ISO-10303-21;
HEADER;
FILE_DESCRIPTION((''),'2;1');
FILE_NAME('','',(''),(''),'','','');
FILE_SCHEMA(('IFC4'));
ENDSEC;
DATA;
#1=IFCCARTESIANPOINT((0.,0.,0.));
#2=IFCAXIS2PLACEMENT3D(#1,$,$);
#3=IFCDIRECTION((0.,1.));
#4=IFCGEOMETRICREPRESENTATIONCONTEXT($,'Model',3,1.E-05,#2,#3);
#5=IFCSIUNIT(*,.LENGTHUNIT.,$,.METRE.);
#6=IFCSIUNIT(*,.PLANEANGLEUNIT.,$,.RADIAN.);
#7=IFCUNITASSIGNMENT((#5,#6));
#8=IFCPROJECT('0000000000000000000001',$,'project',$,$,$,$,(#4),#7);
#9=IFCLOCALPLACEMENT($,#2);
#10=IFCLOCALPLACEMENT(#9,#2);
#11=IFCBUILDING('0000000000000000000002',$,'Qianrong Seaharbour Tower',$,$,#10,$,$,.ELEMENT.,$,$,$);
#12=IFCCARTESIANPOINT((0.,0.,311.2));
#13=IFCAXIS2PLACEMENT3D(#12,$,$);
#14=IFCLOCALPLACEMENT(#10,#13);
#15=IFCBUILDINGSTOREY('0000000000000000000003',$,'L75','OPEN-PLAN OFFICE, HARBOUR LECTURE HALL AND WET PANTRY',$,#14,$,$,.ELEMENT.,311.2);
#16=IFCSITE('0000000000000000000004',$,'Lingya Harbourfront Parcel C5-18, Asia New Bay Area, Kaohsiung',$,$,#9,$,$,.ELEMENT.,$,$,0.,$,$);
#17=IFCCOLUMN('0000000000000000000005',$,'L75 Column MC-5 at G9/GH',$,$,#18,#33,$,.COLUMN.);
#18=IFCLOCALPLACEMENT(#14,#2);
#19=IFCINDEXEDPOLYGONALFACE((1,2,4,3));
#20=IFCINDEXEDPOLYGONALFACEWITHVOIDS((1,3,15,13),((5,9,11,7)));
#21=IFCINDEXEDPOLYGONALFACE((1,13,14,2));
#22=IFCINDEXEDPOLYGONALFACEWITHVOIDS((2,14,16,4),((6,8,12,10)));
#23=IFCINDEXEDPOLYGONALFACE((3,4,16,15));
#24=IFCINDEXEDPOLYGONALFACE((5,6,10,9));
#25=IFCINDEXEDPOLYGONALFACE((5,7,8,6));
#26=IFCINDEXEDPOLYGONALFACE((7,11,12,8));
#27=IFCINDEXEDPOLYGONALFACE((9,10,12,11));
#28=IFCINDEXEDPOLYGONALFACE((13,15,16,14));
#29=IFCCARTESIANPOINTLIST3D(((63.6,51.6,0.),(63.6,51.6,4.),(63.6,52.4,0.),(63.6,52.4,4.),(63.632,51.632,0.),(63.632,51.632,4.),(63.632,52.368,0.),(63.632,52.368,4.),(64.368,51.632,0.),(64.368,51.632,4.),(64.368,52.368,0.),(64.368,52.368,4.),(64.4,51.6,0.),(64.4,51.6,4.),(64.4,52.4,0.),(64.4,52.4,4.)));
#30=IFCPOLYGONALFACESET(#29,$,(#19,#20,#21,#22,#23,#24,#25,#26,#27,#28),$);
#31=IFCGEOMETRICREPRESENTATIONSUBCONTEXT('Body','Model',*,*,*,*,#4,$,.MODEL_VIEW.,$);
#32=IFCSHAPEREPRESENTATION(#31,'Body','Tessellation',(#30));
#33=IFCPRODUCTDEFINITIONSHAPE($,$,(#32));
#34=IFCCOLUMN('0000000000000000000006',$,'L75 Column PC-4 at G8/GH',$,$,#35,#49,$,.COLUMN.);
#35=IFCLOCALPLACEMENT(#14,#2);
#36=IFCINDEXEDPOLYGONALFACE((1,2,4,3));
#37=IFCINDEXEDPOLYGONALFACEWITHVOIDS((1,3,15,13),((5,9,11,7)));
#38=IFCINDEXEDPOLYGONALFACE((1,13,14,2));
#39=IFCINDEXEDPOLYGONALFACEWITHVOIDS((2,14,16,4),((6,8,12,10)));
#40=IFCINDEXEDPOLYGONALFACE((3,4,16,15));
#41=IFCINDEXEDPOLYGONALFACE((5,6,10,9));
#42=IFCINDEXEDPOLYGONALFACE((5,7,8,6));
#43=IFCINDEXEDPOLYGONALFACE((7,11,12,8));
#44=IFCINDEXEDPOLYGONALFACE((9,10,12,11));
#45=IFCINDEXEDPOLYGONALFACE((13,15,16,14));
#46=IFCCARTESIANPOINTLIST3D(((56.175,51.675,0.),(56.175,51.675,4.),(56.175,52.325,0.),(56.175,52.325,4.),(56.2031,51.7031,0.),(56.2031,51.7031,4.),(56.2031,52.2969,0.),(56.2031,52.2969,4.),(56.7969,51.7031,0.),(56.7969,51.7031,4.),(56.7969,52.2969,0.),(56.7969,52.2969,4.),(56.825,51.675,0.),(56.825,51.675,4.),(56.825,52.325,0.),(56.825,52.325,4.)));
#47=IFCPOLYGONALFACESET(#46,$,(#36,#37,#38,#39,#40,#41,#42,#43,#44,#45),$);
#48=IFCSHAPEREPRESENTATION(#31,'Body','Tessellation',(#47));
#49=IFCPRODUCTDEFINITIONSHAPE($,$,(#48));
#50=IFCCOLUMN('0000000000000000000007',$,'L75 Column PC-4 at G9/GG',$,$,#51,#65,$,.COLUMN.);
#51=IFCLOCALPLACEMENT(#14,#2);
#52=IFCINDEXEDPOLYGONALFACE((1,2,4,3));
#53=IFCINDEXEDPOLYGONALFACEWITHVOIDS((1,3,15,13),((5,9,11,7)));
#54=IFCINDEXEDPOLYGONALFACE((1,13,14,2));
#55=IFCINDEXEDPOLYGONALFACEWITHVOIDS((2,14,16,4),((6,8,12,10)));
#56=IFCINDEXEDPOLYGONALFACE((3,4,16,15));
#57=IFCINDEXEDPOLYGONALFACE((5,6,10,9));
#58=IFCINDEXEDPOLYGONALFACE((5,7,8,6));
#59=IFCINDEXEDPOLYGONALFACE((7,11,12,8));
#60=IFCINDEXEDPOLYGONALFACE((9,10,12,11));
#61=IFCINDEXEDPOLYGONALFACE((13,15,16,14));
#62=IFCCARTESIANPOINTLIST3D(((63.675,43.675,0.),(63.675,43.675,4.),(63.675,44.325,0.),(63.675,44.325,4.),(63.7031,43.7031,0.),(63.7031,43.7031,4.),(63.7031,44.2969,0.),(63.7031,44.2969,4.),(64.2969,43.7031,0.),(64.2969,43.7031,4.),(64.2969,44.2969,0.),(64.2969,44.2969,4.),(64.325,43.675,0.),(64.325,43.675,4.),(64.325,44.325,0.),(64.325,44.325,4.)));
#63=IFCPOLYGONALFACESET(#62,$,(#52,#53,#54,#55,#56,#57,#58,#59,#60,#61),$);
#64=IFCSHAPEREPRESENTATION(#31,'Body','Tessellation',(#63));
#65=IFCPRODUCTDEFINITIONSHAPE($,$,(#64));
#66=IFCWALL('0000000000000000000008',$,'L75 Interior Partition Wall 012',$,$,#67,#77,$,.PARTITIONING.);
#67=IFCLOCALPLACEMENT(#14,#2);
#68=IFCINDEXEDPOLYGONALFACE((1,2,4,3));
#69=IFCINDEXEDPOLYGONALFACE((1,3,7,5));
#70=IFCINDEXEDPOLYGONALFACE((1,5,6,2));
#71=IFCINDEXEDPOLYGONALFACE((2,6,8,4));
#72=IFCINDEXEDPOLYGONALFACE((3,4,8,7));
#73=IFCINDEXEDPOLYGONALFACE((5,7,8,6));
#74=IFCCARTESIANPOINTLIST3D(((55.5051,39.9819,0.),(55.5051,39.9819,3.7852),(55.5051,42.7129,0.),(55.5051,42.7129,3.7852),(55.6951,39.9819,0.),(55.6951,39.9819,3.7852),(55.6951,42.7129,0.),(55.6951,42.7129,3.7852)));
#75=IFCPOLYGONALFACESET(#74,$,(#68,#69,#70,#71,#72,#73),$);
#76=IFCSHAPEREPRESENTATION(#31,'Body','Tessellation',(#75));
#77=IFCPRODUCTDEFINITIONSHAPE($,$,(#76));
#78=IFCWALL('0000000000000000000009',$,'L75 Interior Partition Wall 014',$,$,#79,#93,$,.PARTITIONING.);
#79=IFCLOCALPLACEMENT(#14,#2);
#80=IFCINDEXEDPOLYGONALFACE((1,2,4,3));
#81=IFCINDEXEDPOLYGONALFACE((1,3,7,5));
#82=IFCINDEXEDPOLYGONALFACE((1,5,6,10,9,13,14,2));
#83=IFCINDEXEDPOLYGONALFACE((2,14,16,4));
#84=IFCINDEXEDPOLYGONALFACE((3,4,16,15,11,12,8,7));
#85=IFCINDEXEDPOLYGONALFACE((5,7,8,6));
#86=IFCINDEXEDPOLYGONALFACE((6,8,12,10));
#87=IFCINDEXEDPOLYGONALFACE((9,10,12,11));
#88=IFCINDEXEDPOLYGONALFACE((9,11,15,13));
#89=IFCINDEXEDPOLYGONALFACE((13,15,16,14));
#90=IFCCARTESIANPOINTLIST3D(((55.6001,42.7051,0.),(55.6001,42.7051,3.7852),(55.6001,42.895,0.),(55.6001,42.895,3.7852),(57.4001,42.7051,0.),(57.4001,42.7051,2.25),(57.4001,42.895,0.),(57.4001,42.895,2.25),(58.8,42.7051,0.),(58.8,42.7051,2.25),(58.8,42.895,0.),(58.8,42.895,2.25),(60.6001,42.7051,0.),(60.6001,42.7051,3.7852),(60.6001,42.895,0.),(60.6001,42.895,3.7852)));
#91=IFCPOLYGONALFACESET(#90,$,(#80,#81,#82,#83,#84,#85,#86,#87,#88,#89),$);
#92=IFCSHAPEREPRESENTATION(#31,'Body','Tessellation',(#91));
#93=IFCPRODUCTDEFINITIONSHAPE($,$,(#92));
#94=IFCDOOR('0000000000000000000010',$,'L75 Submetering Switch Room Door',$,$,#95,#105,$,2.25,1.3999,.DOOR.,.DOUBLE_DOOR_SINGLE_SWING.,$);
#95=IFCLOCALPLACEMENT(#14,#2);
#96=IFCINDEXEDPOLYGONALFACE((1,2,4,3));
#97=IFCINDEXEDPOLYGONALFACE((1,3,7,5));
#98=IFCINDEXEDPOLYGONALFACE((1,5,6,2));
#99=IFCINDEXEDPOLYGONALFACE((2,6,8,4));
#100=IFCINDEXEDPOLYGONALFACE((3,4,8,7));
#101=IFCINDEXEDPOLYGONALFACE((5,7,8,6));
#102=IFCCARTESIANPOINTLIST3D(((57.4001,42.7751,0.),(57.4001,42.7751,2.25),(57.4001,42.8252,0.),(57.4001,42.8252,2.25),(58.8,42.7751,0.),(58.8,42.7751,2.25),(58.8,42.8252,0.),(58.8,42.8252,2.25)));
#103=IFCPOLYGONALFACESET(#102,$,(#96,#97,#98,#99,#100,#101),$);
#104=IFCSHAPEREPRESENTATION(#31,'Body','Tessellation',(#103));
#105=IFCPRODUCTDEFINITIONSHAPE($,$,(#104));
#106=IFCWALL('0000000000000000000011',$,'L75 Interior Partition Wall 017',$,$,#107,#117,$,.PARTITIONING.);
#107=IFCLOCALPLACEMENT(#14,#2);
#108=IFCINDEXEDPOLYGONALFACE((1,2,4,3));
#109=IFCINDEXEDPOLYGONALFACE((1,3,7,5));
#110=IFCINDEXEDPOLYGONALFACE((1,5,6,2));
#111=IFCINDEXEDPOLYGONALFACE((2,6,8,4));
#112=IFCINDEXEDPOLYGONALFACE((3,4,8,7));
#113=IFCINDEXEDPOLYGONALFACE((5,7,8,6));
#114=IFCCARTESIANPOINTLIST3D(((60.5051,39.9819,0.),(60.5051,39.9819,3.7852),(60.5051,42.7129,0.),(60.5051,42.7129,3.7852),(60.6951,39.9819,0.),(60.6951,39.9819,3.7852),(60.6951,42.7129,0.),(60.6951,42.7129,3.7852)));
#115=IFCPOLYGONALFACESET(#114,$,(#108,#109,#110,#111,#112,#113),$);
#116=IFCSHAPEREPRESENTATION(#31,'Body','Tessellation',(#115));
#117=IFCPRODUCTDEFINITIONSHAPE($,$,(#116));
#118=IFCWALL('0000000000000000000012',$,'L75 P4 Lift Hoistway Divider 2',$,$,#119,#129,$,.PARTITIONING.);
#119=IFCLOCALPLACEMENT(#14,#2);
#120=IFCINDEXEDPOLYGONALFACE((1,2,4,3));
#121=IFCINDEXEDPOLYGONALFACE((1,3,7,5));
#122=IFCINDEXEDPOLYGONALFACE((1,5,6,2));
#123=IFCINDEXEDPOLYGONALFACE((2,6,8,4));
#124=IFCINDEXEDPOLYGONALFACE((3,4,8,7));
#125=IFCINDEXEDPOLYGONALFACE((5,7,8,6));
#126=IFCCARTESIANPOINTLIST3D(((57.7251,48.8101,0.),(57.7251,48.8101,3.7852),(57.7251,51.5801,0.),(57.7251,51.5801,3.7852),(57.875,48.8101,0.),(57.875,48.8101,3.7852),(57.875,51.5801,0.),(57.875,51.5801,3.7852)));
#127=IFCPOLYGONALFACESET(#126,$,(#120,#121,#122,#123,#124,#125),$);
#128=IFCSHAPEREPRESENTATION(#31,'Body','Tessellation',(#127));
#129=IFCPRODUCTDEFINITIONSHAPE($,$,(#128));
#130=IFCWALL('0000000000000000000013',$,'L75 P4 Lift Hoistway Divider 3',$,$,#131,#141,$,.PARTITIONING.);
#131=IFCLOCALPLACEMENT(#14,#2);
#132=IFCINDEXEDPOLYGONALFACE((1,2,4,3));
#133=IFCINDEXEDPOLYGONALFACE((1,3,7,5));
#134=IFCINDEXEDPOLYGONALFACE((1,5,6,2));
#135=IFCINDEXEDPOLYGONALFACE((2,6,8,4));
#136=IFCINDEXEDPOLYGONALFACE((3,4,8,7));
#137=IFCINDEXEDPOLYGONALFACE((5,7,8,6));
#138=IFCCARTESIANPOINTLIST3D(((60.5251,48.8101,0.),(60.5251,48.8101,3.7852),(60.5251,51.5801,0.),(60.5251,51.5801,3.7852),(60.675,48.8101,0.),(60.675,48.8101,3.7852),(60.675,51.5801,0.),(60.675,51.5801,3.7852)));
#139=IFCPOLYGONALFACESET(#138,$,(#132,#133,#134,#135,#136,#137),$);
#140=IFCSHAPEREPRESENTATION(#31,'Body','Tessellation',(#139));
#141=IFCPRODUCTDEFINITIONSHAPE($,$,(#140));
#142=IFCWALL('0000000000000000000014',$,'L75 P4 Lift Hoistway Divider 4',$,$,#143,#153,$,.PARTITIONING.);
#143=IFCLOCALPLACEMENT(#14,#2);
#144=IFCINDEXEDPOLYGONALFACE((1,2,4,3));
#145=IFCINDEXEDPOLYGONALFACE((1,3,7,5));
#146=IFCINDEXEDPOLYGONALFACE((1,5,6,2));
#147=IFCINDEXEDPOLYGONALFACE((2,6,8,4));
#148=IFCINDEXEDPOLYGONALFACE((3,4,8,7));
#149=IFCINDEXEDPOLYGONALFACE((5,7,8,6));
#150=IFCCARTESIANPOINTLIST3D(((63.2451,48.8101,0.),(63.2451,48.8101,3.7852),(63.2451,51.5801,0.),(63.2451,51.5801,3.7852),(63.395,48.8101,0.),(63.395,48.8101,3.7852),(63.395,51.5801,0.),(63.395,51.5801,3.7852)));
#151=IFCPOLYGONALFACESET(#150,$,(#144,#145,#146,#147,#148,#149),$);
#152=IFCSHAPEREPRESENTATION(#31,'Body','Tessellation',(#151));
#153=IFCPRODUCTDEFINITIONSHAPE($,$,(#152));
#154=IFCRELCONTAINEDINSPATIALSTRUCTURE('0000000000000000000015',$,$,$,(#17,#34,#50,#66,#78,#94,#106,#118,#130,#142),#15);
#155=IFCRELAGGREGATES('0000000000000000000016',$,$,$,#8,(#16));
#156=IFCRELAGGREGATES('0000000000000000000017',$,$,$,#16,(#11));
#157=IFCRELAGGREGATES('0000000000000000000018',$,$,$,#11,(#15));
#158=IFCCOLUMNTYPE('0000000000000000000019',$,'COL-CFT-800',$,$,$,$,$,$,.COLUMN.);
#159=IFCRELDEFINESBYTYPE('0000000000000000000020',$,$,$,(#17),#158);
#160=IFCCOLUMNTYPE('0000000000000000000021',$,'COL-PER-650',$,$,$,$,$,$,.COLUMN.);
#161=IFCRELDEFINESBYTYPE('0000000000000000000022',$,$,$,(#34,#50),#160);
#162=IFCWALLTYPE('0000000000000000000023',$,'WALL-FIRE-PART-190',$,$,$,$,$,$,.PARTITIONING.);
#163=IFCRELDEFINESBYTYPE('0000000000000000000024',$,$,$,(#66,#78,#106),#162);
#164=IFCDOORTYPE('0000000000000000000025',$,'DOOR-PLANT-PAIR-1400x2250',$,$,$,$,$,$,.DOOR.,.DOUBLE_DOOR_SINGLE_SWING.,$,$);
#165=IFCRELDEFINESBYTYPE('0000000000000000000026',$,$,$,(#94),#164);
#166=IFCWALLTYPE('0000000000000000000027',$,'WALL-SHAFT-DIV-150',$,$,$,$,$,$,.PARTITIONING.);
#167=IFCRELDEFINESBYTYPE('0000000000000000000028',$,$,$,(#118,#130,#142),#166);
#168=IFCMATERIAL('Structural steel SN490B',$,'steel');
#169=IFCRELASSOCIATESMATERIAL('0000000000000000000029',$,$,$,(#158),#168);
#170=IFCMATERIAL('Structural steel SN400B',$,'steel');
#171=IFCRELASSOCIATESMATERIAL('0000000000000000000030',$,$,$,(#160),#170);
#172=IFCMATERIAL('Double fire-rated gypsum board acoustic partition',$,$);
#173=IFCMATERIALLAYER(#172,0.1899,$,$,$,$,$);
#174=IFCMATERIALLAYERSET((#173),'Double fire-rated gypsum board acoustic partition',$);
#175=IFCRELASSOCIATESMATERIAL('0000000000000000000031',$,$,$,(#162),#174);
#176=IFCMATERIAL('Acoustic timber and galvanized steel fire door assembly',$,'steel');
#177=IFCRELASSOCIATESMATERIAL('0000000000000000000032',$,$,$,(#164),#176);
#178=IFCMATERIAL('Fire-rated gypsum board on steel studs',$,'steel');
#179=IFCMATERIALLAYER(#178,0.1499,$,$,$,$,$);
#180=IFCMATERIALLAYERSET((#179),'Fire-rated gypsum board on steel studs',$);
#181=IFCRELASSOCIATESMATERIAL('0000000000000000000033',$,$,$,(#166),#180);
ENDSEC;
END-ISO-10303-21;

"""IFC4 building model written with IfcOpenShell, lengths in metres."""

from ifc_helpers import new_model, si_unit, direction, frame, frame_2d, origin, origin_2d, place, context, subcontext, project, spatial, rectangle, hollow_rectangle, extrude, material, layer, layer_set, material_profile, profile_set, type_object, element, fill, save


model = new_model("IFC4")

# Units and contexts
model_context = context("Model", 3, precision=1e-05, world=origin(), true_north=direction((0.0, 1.0)))
body_context = subcontext(model_context, "Body", "Model", "MODEL_VIEW")
ifc_project = project(units=[si_unit("LENGTHUNIT", "METRE"), si_unit("PLANEANGLEUNIT", "RADIAN")], contexts=[model_context])

# Site, building, storey
site_placement = place(None, origin())
site = spatial("IfcSite", under=ifc_project, at=site_placement, Name="Lingya Harbourfront Parcel C5-18, Asia New Bay Area, Kaohsiung", CompositionType="ELEMENT", RefElevation=0.0)
building_placement = place(site_placement, origin())
building = spatial("IfcBuilding", under=site, at=building_placement, Name="Qianrong Seaharbour Tower", CompositionType="ELEMENT")
storey_placement = place(building_placement, frame((0.0, 0.0, 311.2)))
storey = spatial("IfcBuildingStorey", under=building, at=storey_placement, Name="L75", Description="OPEN-PLAN OFFICE, HARBOUR LECTURE HALL AND WET PANTRY", CompositionType="ELEMENT", Elevation=311.2)

# Columns
ifc_material_1 = material(Name="Structural steel SN490B", Category="steel")
ifc_material_profile_1 = material_profile(ifc_material_1, hollow_rectangle(XDim=0.8, YDim=0.8, WallThickness=0.032, at=origin_2d()), Name="BOX800x800x32")
ifc_profile_set_1 = profile_set([ifc_material_profile_1], Name="Structural steel SN490B")
column_type_1 = type_object("IfcColumnType", Name="COL-CFT-800", PredefinedType="COLUMN", material=ifc_profile_set_1)
column_placement = place(storey_placement, frame((64.0, 52.0, 0.0), z_axis=(0.0, 0.0, 1.0), x_axis=(1.0, 0.0, 0.0)))
element("IfcColumn", 1, at=column_placement, inside=storey, type_object=column_type_1, Name="L75 Column MC-5 at G9/GH", PredefinedType="COLUMN", context=body_context, shape_type="SweptSolid", body=[
    extrude(hollow_rectangle(XDim=0.8, YDim=0.8, WallThickness=0.032, at=origin_2d()), origin(), (0.0, 0.0, 1.0), 4.0),
])
ifc_material_2 = material(Name="Structural steel SN400B", Category="steel")
ifc_material_profile_2 = material_profile(ifc_material_2, hollow_rectangle(XDim=0.6499, YDim=0.6499, WallThickness=0.0281, at=origin_2d()), Name="BOX650x650x28")
ifc_profile_set_2 = profile_set([ifc_material_profile_2], Name="Structural steel SN400B")
column_type_2 = type_object("IfcColumnType", Name="COL-PER-650", PredefinedType="COLUMN", material=ifc_profile_set_2)
for number, where, z_axis, x_axis, name in (
    (2, (56.5, 52.0, 0.0), (0.0, 0.0, 1.0), (1.0, 0.0, 0.0), "L75 Column PC-4 at G8/GH"),
    (3, (64.0, 44.0, 0.0), (0.0, 0.0, 1.0), (1.0, 0.0, 0.0), "L75 Column PC-4 at G9/GG"),
):
    element("IfcColumn", number, at=place(storey_placement, frame(where, z_axis=z_axis, x_axis=x_axis)), inside=storey, type_object=column_type_2, Name=name, PredefinedType="COLUMN", context=body_context, shape_type="SweptSolid", body=[
        extrude(hollow_rectangle(XDim=0.6499, YDim=0.6499, WallThickness=0.0281, at=origin_2d()), origin(), (0.0, 0.0, 1.0), 4.0),
    ])

# Shared definitions
ifc_material_3 = material(Name="Acoustic timber and galvanized steel fire door assembly", Category="steel")

# Wall
ifc_material_4 = material(Name="Double fire-rated gypsum board acoustic partition")
ifc_layer_1 = layer(ifc_material_4, 0.1899)
ifc_layer_set_1 = layer_set([ifc_layer_1], Name="Double fire-rated gypsum board acoustic partition")
wall_type_1 = type_object("IfcWallType", Name="WALL-FIRE-PART-190", PredefinedType="PARTITIONING", material=ifc_layer_set_1)
wall_1_placement = place(storey_placement, frame((55.6001, 42.7129, 0.0), z_axis=(0.0, 0.0, 1.0), x_axis=(0.0, -1.0, 0.0)))
element("IfcWall", 4, at=wall_1_placement, inside=storey, type_object=wall_type_1, Name="L75 Interior Partition Wall 012", PredefinedType="PARTITIONING", context=body_context, shape_type="SweptSolid", body=[
    extrude(rectangle(XDim=2.731, YDim=0.1899, at=frame_2d((1.3655, 0.0))), origin(), (0.0, 0.0, 1.0), 3.7852),
])

# Wall, opening, door
wall_2_placement = place(storey_placement, frame((60.6001, 42.8, 0.0), z_axis=(0.0, 0.0, 1.0), x_axis=(-1.0, 0.0, 0.0)))
wall_2 = element("IfcWall", 5, at=wall_2_placement, inside=storey, type_object=wall_type_1, Name="L75 Interior Partition Wall 014", PredefinedType="PARTITIONING", context=body_context, shape_type="SweptSolid", body=[
    extrude(rectangle(XDim=5.0, YDim=0.1899, at=frame_2d((2.5, 0.0))), origin(), (0.0, 0.0, 1.0), 3.7852),
])
opening_1_placement = place(wall_2_placement, frame((1.8, 0.0, 0.0)))
opening_1 = element("IfcOpeningElement", 6, at=opening_1_placement, cuts=wall_2, PredefinedType="OPENING", context=body_context, shape_type="SweptSolid", body=[
    extrude(rectangle(XDim=1.3999, YDim=2.25, at=frame_2d((0.7, 1.125))), frame((0.0, 0.105, 0.0), z_axis=(0.0, -1.0, 0.0), x_axis=(1.0, 0.0, 0.0)), (0.0, 0.0, 1.0), 0.21),
])
door_type_1 = type_object("IfcDoorType", Name="DOOR-PLANT-PAIR-1400x2250", OperationType="DOUBLE_DOOR_SINGLE_SWING", PredefinedType="DOOR", material=ifc_material_3)
door_1_placement = place(opening_1_placement, origin())
door_1 = element("IfcDoor", 7, at=door_1_placement, inside=storey, type_object=door_type_1, Name="L75 Submetering Switch Room Door", OperationType="DOUBLE_DOOR_SINGLE_SWING", OverallHeight=2.25, OverallWidth=1.3999, PredefinedType="DOOR", context=body_context, shape_type="SweptSolid", body=[
    extrude(rectangle(XDim=1.3999, YDim=2.25, at=frame_2d((0.7, 1.125))), frame((0.0, 0.0249, 0.0), z_axis=(0.0, -1.0, 0.0), x_axis=(1.0, 0.0, 0.0)), (0.0, 0.0, 1.0), 0.05),
])
fill(opening_1, door_1)

# Walls
wall_3_placement = place(storey_placement, frame((60.6001, 42.7129, 0.0), z_axis=(0.0, 0.0, 1.0), x_axis=(0.0, -1.0, 0.0)))
element("IfcWall", 8, at=wall_3_placement, inside=storey, type_object=wall_type_1, Name="L75 Interior Partition Wall 017", PredefinedType="PARTITIONING", context=body_context, shape_type="SweptSolid", body=[
    extrude(rectangle(XDim=2.731, YDim=0.1899, at=frame_2d((1.3655, 0.0))), origin(), (0.0, 0.0, 1.0), 3.7852),
])
ifc_material_5 = material(Name="Fire-rated gypsum board on steel studs", Category="steel")
ifc_layer_2 = layer(ifc_material_5, 0.1499)
ifc_layer_set_2 = layer_set([ifc_layer_2], Name="Fire-rated gypsum board on steel studs")
wall_type_2 = type_object("IfcWallType", Name="WALL-SHAFT-DIV-150", PredefinedType="PARTITIONING", material=ifc_layer_set_2)
for number, where, z_axis, x_axis, name in (
    (9, (57.8, 48.8101, 0.0), (0.0, 0.0, 1.0), (0.0, 1.0, 0.0), "L75 P4 Lift Hoistway Divider 2"),
    (10, (60.6001, 48.8101, 0.0), (0.0, 0.0, 1.0), (0.0, 1.0, 0.0), "L75 P4 Lift Hoistway Divider 3"),
    (11, (63.3201, 48.8101, 0.0), (0.0, 0.0, 1.0), (0.0, 1.0, 0.0), "L75 P4 Lift Hoistway Divider 4"),
):
    element("IfcWall", number, at=place(storey_placement, frame(where, z_axis=z_axis, x_axis=x_axis)), inside=storey, type_object=wall_type_2, Name=name, PredefinedType="PARTITIONING", context=body_context, shape_type="SweptSolid", body=[
        extrude(rectangle(XDim=2.77, YDim=0.1499, at=frame_2d((1.385, 0.0))), origin(), (0.0, 0.0, 1.0), 3.7852),
    ])

save(model, "model.ifc")
